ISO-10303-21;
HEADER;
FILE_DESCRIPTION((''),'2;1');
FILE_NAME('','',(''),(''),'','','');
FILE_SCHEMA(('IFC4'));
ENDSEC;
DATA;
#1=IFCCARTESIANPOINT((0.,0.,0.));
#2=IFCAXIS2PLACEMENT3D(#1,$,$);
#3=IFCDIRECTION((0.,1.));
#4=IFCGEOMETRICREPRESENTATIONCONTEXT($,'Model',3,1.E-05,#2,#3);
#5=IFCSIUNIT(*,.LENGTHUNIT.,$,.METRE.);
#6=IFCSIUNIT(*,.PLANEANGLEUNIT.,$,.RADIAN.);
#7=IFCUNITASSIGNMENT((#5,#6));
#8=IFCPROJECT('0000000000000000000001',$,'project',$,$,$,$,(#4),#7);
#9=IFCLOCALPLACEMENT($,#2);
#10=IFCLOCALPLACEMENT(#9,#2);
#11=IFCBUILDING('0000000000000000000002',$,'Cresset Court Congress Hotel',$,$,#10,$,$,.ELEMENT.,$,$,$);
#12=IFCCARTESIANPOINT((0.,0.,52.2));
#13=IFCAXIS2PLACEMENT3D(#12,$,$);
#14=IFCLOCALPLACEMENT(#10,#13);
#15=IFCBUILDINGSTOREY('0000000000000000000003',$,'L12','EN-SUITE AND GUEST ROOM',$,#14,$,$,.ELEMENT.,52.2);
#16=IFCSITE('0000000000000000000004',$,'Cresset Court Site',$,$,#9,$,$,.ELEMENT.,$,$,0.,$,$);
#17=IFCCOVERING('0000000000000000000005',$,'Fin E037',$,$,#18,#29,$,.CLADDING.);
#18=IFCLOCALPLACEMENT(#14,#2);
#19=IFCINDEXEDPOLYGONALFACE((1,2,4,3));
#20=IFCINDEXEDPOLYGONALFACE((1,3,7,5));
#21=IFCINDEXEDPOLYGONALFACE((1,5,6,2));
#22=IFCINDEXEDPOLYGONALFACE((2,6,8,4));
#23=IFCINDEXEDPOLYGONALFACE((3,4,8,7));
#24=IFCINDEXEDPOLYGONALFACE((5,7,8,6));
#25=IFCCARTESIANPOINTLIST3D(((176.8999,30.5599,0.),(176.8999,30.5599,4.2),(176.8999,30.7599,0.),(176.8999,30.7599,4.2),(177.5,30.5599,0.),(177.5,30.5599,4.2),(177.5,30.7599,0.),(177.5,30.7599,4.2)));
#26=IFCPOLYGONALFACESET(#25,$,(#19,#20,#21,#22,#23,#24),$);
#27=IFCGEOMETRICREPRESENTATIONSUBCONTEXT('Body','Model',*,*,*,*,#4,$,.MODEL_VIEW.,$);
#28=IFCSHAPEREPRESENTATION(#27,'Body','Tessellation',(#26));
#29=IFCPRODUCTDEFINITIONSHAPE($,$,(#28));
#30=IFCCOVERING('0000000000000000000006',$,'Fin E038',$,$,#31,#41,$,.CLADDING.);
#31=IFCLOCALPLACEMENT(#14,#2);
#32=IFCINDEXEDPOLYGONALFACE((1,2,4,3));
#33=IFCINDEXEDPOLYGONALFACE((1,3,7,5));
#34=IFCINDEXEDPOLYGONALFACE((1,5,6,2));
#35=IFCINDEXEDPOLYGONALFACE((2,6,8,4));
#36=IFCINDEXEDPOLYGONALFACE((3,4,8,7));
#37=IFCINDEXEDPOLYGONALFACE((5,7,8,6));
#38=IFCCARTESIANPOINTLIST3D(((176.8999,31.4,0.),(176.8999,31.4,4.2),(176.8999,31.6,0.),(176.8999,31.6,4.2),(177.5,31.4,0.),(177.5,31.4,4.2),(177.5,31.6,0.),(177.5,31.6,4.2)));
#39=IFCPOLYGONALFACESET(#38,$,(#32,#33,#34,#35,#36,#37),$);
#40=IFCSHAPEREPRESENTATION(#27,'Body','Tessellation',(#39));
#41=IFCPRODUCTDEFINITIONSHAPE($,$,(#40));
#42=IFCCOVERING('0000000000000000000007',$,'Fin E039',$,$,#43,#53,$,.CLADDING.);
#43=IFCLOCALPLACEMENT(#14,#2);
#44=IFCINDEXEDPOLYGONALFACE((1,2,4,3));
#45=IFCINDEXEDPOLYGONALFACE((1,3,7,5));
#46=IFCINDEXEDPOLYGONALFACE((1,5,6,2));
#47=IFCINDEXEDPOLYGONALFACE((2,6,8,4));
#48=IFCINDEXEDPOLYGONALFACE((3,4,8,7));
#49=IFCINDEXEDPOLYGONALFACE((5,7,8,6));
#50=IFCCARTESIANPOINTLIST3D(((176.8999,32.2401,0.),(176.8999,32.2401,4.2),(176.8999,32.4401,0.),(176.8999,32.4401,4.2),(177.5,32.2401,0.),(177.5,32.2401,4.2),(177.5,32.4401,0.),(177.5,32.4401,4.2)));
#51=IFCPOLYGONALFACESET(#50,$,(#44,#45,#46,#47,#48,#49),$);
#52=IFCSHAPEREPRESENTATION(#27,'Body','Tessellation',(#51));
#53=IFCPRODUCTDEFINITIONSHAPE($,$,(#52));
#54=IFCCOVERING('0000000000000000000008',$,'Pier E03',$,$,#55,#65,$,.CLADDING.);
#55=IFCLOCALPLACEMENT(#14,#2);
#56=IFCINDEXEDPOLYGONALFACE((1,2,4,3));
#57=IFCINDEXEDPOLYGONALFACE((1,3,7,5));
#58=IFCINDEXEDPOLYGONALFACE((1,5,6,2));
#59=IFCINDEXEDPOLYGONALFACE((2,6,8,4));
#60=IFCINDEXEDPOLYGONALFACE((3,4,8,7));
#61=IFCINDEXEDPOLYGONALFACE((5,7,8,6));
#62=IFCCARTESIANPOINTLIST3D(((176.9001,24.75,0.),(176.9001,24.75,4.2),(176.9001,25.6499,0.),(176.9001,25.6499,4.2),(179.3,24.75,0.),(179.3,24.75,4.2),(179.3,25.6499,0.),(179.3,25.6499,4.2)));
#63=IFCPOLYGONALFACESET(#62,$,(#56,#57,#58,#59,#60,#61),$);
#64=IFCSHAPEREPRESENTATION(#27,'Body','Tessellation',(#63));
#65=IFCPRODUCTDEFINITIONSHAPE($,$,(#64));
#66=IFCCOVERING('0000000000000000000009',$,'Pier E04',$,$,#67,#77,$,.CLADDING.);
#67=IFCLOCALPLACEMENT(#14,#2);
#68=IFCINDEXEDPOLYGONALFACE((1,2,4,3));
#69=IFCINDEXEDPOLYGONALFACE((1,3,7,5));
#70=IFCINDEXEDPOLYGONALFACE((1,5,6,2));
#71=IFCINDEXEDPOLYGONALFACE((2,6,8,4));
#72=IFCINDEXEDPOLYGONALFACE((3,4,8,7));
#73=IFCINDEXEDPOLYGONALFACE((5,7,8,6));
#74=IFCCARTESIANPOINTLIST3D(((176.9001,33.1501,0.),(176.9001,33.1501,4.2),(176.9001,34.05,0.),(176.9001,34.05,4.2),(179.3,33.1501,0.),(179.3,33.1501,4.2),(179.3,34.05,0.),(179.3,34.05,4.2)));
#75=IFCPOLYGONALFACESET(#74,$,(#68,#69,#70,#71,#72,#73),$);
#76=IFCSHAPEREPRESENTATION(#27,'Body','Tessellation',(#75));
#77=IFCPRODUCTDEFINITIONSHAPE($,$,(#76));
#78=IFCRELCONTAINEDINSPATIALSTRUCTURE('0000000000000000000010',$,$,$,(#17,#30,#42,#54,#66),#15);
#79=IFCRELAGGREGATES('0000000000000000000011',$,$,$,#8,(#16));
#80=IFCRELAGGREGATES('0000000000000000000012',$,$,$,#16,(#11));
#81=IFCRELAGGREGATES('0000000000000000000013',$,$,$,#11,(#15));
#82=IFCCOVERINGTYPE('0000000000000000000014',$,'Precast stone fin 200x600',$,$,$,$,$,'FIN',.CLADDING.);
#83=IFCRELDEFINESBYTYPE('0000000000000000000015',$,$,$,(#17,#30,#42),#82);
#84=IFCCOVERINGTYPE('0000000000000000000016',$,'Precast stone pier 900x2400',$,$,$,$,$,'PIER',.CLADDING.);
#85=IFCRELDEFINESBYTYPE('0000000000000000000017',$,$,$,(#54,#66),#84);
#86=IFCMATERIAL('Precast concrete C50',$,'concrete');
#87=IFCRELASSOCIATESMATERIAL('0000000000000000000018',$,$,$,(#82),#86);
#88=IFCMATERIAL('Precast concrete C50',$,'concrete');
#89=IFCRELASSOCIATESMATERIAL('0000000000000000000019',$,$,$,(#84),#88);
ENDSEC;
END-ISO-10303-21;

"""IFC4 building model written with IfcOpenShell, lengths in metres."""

from ifc_helpers import new_model, si_unit, direction, frame, origin, origin_2d, place, context, subcontext, project, spatial, rectangle, extrude, material, type_object, element, save


model = new_model("IFC4")

# Units and contexts
model_context = context("Model", 3, precision=1e-05, world=origin(), true_north=direction((0.0, 1.0)))
body_context = subcontext(model_context, "Body", "Model", "MODEL_VIEW")
ifc_project = project(units=[si_unit("LENGTHUNIT", "METRE"), si_unit("PLANEANGLEUNIT", "RADIAN")], contexts=[model_context])

# Site, building, storey
site_placement = place(None, origin())
site = spatial("IfcSite", under=ifc_project, at=site_placement, Name="Cresset Court Site", CompositionType="ELEMENT", RefElevation=0.0)
building_placement = place(site_placement, origin())
building = spatial("IfcBuilding", under=site, at=building_placement, Name="Cresset Court Congress Hotel", CompositionType="ELEMENT")
storey_placement = place(building_placement, frame((0.0, 0.0, 52.2)))
storey = spatial("IfcBuildingStorey", under=building, at=storey_placement, Name="L12", Description="EN-SUITE AND GUEST ROOM", CompositionType="ELEMENT", Elevation=52.2)

# Coverings
ifc_material_1 = material(Name="Precast concrete C50", Category="concrete")
covering_type_1 = type_object("IfcCoveringType", Name="Precast stone fin 200x600", ElementType="FIN", PredefinedType="CLADDING", material=ifc_material_1)
for number, where, z_axis, x_axis, name in (
    (1, (177.2, 30.6599, 0.0), (0.0, 0.0, 1.0), (1.0, 0.0, 0.0), "Fin E037"),
    (2, (177.2, 31.5, 0.0), (0.0, 0.0, 1.0), (1.0, 0.0, 0.0), "Fin E038"),
    (3, (177.2, 32.3401, 0.0), (0.0, 0.0, 1.0), (1.0, 0.0, 0.0), "Fin E039"),
):
    element("IfcCovering", number, at=place(storey_placement, frame(where, z_axis=z_axis, x_axis=x_axis)), inside=storey, type_object=covering_type_1, Name=name, PredefinedType="CLADDING", context=body_context, shape_type="SweptSolid", body=[
        extrude(rectangle(XDim=0.6001, YDim=0.2, at=origin_2d()), origin(), (0.0, 0.0, 1.0), 4.2),
    ])
ifc_material_2 = material(Name="Precast concrete C50", Category="concrete")
covering_type_2 = type_object("IfcCoveringType", Name="Precast stone pier 900x2400", ElementType="PIER", PredefinedType="CLADDING", material=ifc_material_2)
for number, where, z_axis, x_axis, name in (
    (4, (178.1001, 25.2, 0.0), (0.0, 0.0, 1.0), (1.0, 0.0, 0.0), "Pier E03"),
    (5, (178.1001, 33.6001, 0.0), (0.0, 0.0, 1.0), (1.0, 0.0, 0.0), "Pier E04"),
):
    element("IfcCovering", number, at=place(storey_placement, frame(where, z_axis=z_axis, x_axis=x_axis)), inside=storey, type_object=covering_type_2, Name=name, PredefinedType="CLADDING", context=body_context, shape_type="SweptSolid", body=[
        extrude(rectangle(XDim=2.3999, YDim=0.8999, at=origin_2d()), origin(), (0.0, 0.0, 1.0), 4.2),
    ])

save(model, "model.ifc")
